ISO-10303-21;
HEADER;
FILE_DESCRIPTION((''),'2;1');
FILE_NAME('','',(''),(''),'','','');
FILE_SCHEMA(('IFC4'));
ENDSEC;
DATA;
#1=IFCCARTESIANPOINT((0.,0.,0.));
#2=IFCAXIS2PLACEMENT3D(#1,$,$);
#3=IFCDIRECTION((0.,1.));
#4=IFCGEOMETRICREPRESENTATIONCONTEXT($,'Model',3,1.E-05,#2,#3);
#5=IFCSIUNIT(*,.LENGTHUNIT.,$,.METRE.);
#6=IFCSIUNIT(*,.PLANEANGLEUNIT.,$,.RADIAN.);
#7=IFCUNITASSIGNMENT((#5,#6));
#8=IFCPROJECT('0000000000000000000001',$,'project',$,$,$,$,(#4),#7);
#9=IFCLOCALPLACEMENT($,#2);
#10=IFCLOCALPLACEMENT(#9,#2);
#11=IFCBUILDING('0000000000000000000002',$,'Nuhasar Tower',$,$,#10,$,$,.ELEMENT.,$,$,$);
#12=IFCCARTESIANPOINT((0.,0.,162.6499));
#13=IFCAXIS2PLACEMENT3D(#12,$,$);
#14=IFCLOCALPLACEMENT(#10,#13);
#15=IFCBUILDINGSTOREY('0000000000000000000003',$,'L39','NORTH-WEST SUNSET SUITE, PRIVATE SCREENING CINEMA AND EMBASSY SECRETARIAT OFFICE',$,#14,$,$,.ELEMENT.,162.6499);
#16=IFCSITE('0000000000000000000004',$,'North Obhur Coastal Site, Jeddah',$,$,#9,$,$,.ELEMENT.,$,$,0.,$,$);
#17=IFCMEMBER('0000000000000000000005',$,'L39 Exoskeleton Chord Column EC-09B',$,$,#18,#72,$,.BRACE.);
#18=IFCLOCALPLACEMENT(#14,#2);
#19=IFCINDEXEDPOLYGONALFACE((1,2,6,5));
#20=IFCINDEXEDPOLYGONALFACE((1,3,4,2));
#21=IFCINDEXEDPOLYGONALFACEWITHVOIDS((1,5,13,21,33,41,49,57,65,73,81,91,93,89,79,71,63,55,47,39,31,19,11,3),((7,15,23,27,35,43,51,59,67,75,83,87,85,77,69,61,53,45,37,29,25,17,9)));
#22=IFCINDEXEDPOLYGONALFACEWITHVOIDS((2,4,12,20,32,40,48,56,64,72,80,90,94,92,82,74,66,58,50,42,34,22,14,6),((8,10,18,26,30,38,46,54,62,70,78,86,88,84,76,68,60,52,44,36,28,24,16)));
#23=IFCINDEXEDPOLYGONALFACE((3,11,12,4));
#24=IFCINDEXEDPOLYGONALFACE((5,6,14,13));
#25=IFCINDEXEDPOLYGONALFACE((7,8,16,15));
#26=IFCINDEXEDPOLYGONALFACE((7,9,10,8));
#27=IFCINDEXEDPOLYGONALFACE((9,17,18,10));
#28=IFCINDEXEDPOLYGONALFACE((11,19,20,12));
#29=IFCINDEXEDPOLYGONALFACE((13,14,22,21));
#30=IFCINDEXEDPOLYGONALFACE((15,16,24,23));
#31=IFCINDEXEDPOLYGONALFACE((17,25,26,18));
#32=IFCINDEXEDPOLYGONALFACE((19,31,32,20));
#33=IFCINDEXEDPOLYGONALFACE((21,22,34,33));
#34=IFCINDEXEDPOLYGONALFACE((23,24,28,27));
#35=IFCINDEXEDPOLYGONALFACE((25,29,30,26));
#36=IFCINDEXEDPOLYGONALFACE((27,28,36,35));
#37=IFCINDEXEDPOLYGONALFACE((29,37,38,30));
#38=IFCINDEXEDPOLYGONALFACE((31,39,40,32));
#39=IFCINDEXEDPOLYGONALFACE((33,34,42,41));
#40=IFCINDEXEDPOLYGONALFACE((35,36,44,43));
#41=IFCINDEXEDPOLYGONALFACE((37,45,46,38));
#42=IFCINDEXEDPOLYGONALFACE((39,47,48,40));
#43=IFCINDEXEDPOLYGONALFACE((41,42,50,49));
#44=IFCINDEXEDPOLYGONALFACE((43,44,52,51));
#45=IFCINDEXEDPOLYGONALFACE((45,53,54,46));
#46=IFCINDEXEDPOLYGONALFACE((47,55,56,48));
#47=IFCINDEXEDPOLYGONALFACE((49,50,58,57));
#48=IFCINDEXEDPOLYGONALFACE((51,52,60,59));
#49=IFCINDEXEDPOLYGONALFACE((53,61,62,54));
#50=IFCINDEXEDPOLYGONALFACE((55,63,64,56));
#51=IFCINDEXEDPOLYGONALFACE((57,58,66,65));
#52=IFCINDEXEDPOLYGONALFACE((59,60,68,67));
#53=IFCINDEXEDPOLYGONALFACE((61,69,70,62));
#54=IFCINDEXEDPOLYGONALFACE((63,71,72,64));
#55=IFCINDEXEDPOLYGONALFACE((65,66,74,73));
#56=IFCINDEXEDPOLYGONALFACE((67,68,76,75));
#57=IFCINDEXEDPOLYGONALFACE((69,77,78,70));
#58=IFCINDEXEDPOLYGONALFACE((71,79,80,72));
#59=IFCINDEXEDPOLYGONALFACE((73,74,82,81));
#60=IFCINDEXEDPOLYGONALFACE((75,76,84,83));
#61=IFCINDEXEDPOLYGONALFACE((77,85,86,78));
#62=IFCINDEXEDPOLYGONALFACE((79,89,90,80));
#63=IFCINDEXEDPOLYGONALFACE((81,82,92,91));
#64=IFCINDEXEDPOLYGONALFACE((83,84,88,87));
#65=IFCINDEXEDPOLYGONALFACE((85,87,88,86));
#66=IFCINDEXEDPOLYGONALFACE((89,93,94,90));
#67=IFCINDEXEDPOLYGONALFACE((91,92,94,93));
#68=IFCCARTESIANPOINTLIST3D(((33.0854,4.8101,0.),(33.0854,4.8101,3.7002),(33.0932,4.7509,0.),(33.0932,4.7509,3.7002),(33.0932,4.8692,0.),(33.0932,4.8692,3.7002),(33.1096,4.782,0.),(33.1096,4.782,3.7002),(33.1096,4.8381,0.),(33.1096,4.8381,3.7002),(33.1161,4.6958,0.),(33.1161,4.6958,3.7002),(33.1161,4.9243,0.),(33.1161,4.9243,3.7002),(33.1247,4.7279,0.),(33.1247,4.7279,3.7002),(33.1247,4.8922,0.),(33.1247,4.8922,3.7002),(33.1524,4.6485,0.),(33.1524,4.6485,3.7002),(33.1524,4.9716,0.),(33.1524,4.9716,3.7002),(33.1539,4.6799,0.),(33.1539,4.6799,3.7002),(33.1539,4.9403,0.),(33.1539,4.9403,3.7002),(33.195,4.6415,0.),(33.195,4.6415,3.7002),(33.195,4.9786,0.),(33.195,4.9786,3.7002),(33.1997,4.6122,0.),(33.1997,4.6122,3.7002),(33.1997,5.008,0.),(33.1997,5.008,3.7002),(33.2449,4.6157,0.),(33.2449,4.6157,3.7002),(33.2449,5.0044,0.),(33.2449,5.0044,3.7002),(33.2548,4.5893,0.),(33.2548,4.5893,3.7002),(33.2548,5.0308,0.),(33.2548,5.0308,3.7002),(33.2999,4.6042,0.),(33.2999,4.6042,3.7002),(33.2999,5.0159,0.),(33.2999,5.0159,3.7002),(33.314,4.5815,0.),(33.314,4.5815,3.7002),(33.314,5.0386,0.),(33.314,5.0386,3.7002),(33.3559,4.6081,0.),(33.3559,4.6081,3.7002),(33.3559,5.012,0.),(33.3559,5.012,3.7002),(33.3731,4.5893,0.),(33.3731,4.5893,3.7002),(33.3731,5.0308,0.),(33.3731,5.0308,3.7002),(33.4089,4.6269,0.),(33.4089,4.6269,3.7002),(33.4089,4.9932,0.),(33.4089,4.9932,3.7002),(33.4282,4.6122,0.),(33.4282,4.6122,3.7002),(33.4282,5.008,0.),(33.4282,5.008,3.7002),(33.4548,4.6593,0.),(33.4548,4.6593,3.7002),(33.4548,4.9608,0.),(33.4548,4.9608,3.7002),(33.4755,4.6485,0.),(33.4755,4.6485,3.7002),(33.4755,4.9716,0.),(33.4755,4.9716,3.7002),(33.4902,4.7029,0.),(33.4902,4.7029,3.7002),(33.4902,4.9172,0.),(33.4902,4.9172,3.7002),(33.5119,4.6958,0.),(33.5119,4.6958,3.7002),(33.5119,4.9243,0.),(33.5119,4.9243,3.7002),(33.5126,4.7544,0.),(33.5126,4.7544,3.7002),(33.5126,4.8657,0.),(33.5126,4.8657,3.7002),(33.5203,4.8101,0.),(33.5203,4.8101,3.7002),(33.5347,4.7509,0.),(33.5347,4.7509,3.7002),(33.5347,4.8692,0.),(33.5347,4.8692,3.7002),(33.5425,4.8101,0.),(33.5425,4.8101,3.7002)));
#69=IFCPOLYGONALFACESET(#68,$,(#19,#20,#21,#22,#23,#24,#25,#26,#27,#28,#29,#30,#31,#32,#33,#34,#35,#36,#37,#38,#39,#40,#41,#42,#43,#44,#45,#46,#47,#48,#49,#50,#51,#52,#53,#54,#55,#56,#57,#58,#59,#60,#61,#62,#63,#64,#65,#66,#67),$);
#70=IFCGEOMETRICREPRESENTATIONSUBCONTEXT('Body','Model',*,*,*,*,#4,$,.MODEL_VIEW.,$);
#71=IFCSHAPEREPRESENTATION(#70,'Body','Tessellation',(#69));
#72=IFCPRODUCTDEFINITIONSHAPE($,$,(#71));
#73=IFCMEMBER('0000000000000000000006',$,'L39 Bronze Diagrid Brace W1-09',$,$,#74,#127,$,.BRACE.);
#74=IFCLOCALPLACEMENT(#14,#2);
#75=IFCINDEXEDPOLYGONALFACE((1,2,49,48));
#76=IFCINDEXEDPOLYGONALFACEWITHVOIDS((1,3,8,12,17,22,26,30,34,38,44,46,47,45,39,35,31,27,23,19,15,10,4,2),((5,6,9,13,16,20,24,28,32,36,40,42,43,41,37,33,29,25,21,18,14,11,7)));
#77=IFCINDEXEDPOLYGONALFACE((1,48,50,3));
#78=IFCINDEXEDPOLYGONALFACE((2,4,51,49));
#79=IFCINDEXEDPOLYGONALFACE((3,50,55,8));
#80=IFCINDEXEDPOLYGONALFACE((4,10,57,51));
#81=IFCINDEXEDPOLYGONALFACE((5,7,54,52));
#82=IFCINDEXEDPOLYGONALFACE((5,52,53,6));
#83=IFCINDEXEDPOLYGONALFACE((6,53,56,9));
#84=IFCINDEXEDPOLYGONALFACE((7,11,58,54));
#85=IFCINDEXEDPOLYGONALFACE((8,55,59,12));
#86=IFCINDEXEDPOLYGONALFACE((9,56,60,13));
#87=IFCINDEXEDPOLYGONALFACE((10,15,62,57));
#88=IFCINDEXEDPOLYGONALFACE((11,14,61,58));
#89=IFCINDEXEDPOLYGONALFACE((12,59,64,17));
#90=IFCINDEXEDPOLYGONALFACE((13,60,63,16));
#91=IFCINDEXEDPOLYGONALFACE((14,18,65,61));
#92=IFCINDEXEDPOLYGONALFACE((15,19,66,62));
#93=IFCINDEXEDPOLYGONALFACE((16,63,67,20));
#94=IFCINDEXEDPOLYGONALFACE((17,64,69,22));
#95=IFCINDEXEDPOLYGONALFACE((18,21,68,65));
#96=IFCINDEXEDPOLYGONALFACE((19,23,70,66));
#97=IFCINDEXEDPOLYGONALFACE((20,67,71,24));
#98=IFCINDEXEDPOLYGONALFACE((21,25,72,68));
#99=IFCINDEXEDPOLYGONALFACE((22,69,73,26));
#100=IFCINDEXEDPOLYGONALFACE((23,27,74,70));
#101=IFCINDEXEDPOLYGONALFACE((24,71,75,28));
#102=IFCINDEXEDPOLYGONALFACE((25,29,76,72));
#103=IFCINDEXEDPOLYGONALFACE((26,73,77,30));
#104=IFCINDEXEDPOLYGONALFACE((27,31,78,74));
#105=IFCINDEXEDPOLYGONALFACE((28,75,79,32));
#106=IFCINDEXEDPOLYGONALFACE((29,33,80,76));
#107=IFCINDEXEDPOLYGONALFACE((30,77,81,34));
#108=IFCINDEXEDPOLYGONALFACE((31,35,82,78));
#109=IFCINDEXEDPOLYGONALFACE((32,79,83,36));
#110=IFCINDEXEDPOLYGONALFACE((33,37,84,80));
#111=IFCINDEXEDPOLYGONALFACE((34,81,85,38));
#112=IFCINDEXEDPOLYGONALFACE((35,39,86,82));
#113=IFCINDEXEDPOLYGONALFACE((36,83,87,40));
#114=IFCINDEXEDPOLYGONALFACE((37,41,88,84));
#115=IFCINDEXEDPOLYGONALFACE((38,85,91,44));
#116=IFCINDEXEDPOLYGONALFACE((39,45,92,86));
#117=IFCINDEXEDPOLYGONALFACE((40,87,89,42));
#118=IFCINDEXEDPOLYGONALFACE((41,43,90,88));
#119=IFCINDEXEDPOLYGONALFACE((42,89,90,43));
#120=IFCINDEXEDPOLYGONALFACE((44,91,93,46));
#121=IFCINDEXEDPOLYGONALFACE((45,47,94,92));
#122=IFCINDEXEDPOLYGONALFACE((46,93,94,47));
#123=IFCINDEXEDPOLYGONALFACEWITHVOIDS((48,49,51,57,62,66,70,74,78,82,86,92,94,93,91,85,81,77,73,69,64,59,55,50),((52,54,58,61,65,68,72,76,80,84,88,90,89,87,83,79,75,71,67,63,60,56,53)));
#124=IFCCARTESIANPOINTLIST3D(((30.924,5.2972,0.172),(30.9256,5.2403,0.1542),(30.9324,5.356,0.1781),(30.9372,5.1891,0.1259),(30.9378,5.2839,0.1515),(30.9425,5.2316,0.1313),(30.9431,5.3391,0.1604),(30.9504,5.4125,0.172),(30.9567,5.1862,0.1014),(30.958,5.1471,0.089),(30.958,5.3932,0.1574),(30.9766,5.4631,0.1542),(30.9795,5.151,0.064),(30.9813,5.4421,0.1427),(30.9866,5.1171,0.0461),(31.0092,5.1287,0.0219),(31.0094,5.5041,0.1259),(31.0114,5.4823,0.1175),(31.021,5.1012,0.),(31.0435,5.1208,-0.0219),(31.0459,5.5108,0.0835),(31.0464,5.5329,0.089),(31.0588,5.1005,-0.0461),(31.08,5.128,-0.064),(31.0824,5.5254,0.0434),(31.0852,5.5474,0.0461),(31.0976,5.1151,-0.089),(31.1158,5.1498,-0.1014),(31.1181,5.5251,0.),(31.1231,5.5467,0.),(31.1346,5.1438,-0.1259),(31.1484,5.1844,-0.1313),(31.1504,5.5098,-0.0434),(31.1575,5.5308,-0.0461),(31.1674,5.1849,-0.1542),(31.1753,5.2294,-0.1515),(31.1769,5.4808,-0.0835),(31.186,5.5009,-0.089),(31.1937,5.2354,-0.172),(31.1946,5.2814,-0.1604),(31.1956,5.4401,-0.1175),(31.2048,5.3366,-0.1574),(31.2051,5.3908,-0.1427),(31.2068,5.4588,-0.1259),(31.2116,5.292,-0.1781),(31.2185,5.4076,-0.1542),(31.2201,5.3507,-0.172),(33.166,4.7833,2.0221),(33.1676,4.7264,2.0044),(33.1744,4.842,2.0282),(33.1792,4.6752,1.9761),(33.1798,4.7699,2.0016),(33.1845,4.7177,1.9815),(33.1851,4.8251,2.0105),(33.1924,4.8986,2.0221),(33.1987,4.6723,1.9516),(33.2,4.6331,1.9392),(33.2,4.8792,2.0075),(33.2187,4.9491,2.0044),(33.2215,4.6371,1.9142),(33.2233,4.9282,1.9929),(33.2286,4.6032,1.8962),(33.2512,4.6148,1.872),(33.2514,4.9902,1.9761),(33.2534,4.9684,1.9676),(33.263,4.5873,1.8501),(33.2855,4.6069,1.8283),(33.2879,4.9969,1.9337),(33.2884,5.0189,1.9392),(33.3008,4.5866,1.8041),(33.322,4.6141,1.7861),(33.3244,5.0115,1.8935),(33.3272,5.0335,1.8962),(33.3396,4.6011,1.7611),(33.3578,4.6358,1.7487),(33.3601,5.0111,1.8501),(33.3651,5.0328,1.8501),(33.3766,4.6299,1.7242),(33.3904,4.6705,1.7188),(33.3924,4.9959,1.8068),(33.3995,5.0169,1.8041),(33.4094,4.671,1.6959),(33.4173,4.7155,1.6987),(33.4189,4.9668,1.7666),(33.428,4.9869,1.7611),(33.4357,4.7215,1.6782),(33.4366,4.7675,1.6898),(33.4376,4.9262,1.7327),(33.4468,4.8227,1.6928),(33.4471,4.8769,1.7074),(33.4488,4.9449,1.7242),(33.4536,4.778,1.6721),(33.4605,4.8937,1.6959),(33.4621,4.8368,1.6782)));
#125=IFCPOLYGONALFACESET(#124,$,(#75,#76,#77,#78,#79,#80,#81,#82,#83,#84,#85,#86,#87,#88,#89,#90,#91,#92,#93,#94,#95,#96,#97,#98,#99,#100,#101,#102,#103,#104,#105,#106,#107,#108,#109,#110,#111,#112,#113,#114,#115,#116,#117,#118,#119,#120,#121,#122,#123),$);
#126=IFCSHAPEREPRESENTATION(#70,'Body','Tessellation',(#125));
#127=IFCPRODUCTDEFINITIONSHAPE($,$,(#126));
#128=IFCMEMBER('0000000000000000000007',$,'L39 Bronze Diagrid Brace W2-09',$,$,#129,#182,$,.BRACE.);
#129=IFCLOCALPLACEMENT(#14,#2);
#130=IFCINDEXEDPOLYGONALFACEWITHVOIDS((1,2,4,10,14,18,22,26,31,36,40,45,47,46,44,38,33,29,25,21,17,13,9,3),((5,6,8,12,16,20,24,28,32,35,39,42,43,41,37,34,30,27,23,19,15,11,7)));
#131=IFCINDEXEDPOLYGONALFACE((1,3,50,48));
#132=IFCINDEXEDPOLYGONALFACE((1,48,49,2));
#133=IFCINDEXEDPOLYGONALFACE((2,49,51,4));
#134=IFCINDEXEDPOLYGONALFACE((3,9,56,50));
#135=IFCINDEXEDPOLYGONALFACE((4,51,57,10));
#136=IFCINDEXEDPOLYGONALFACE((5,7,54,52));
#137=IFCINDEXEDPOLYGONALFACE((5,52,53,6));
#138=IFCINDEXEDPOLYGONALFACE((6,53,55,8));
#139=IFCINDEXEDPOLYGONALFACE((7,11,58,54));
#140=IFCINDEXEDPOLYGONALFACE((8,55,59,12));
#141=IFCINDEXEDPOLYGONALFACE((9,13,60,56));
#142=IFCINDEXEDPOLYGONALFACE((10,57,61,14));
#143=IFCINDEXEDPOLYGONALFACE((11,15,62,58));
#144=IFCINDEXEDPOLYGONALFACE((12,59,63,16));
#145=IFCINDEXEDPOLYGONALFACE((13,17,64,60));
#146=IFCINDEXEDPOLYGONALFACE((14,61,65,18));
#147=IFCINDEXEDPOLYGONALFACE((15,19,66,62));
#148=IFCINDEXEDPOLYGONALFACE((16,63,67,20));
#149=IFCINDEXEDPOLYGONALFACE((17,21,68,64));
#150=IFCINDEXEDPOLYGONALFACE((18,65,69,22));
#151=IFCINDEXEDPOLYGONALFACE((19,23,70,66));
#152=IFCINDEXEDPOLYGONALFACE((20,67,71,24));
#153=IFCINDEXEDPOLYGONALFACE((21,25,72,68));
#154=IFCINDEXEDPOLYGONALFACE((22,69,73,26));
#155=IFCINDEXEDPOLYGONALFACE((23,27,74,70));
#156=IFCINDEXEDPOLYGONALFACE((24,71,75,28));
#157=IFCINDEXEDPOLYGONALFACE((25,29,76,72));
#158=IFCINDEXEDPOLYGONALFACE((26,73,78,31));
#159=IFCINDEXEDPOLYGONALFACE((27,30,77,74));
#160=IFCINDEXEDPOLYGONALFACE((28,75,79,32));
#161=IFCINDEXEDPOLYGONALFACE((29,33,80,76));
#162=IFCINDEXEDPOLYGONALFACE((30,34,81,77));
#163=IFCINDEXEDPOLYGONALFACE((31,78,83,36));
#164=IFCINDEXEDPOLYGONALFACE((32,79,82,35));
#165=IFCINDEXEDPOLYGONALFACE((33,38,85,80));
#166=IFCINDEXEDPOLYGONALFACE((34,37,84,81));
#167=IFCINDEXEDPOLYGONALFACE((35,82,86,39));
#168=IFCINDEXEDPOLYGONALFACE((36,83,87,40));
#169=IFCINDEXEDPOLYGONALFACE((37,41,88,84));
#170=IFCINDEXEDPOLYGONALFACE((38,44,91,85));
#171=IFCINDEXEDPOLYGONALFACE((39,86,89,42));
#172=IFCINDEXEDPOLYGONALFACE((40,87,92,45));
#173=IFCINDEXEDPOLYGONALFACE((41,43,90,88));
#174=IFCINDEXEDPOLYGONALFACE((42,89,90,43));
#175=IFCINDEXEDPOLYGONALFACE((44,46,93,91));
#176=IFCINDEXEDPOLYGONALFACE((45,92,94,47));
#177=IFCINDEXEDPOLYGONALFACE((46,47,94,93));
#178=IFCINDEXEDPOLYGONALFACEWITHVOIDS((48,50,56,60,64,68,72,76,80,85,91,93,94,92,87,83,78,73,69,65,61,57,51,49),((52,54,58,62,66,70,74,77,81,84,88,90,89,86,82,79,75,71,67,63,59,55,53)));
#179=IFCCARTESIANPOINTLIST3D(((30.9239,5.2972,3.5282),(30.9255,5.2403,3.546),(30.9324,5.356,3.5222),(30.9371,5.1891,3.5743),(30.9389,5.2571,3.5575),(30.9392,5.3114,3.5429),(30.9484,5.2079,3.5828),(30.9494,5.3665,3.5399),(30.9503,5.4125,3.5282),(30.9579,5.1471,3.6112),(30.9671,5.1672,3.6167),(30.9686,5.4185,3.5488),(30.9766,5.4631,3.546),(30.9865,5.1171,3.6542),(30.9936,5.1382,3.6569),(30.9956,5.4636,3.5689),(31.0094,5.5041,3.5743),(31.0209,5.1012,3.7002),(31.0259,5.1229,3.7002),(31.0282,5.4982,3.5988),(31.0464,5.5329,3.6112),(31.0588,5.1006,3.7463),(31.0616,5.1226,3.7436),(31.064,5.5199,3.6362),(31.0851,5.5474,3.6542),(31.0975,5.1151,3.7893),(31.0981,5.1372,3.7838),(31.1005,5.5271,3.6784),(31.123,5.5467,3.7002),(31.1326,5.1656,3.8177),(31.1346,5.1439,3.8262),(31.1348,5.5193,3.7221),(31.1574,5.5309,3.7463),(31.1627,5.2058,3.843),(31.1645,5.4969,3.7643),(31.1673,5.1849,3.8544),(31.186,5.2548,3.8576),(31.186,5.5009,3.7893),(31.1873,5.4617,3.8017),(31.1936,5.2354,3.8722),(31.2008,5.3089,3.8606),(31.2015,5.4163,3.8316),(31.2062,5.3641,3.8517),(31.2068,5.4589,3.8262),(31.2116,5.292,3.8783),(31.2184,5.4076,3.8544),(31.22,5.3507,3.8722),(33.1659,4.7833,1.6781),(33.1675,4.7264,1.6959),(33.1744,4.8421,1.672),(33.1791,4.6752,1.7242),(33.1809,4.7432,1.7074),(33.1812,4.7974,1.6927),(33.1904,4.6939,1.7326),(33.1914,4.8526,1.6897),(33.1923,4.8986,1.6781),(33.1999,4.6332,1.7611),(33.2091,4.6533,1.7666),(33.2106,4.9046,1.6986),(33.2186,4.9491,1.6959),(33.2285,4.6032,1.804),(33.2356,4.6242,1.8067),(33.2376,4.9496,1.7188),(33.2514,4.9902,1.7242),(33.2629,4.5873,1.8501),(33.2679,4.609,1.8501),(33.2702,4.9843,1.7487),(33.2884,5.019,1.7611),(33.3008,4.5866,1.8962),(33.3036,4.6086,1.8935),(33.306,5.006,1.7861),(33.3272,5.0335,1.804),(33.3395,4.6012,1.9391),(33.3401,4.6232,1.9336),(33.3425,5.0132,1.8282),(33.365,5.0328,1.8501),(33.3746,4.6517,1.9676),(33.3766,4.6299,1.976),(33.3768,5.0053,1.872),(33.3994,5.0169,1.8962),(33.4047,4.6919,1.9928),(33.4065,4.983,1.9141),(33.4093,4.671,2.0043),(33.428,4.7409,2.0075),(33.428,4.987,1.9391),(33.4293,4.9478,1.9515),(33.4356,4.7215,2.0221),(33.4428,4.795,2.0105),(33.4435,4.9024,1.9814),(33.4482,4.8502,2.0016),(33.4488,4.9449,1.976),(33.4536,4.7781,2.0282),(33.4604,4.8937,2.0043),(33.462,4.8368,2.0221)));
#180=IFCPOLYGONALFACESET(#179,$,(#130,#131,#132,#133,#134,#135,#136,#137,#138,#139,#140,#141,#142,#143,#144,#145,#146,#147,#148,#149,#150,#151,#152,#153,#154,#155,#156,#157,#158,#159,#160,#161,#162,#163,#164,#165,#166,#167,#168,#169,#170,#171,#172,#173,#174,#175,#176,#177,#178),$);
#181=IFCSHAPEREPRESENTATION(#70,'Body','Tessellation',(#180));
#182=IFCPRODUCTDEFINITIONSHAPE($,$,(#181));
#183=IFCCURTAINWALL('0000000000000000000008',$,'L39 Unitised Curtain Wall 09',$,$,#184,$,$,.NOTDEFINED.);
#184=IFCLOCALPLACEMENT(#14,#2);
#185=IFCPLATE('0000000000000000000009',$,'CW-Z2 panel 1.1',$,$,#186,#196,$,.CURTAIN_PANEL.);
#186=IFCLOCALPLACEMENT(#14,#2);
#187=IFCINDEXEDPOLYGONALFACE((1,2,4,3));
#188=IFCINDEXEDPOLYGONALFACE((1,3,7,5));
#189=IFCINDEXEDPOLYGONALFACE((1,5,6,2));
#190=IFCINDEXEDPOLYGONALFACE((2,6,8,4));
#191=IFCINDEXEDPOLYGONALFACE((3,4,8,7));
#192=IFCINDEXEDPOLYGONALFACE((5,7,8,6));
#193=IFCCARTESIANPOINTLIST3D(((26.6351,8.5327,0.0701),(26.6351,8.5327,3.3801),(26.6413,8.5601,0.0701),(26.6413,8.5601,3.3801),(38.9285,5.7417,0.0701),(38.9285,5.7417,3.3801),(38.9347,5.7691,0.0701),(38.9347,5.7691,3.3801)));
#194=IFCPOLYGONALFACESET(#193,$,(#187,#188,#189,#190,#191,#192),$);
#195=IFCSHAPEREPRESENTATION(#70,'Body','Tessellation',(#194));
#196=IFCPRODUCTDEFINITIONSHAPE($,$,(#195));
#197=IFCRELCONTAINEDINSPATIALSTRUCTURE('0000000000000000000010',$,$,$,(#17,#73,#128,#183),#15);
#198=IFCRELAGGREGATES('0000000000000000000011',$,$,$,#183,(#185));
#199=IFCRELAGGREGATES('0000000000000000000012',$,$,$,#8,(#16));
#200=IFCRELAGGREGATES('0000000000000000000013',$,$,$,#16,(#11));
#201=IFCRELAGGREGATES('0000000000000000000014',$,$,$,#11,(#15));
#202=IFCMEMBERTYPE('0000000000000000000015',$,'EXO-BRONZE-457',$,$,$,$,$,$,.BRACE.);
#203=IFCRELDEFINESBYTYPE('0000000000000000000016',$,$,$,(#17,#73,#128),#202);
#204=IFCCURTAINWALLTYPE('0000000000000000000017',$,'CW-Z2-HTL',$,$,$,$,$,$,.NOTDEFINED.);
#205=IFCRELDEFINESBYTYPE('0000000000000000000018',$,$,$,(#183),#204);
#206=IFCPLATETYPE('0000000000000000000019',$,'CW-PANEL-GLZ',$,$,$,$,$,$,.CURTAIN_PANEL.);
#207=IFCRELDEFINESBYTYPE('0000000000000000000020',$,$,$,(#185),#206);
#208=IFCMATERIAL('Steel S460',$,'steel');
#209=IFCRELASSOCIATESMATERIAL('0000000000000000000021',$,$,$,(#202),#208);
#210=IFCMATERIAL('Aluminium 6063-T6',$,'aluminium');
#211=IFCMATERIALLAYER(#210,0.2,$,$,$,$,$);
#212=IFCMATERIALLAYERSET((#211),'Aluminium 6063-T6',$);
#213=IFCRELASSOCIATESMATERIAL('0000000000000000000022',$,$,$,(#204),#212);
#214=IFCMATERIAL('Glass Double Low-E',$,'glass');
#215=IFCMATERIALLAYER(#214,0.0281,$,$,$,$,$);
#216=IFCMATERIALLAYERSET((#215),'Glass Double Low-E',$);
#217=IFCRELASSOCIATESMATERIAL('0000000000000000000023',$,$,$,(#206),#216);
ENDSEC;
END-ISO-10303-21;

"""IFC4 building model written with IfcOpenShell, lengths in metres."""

from ifc_helpers import new_model, si_unit, direction, frame, origin, origin_2d, place, context, subcontext, project, spatial, rectangle, hollow_circle, extrude, material, layer, layer_set, material_profile, profile_set, type_object, element, aggregate, save


model = new_model("IFC4")

# Units and contexts
model_context = context("Model", 3, precision=1e-05, world=origin(), true_north=direction((0.0, 1.0)))
body_context = subcontext(model_context, "Body", "Model", "MODEL_VIEW")
ifc_project = project(units=[si_unit("LENGTHUNIT", "METRE"), si_unit("PLANEANGLEUNIT", "RADIAN")], contexts=[model_context])

# Site, building, storey
site_placement = place(None, origin())
site = spatial("IfcSite", under=ifc_project, at=site_placement, Name="North Obhur Coastal Site, Jeddah", CompositionType="ELEMENT", RefElevation=0.0)
building_placement = place(site_placement, origin())
building = spatial("IfcBuilding", under=site, at=building_placement, Name="Nuhasar Tower", CompositionType="ELEMENT")
storey_placement = place(building_placement, frame((0.0, 0.0, 162.6499)))
storey = spatial("IfcBuildingStorey", under=building, at=storey_placement, Name="L39", Description="NORTH-WEST SUNSET SUITE, PRIVATE SCREENING CINEMA AND EMBASSY SECRETARIAT OFFICE", CompositionType="ELEMENT", Elevation=162.6499)

# Members
ifc_material_1 = material(Name="Steel S460", Category="steel")
ifc_material_profile_1 = material_profile(ifc_material_1, hollow_circle(Radius=0.2285, WallThickness=0.0222, at=origin_2d()), Name="HSS457X22.2")
ifc_profile_set_1 = profile_set([ifc_material_profile_1], Name="Steel S460")
member_type = type_object("IfcMemberType", Name="EXO-BRONZE-457", PredefinedType="BRACE", material=ifc_profile_set_1)
for number, where, z_axis, x_axis, name in (
    (1, (33.314, 4.8101, 0.0), (0.0, 0.0, 1.0), (1.0, 0.0, 0.0), "L39 Exoskeleton Chord Column EC-09B"),
):
    element("IfcMember", number, at=place(storey_placement, frame(where, z_axis=z_axis, x_axis=x_axis)), inside=storey, type_object=member_type, Name=name, PredefinedType="BRACE", context=body_context, shape_type="SweptSolid", body=[
        extrude(hollow_circle(Radius=0.2285, WallThickness=0.0222, at=origin_2d()), origin(), (0.0, 0.0, 1.0), 3.7002),
    ])
for number, where, z_axis, x_axis, name in (
    (2, (31.072, 5.324, 0.0), (0.75951, -0.174101, 0.626764), (0.223433, 0.974719, 0.0), "L39 Bronze Diagrid Brace W1-09"),
    (3, (33.314, 4.8101, 1.8501), (-0.75951, 0.174101, 0.626764), (-0.223433, -0.974719, 0.0), "L39 Bronze Diagrid Brace W2-09"),
):
    element("IfcMember", number, at=place(storey_placement, frame(where, z_axis=z_axis, x_axis=x_axis)), inside=storey, type_object=member_type, Name=name, PredefinedType="BRACE", context=body_context, shape_type="SweptSolid", body=[
        extrude(hollow_circle(Radius=0.2285, WallThickness=0.0222, at=origin_2d()), origin(), (0.0, 0.0, 1.0), 2.9519),
    ])

# Curtain wall, plate
ifc_material_2 = material(Name="Aluminium 6063-T6", Category="aluminium")
ifc_layer_1 = layer(ifc_material_2, 0.2)
ifc_layer_set_1 = layer_set([ifc_layer_1], Name="Aluminium 6063-T6")
curtain_wall_type = type_object("IfcCurtainWallType", Name="CW-Z2-HTL", PredefinedType="NOTDEFINED", material=ifc_layer_set_1)
curtain_wall_placement = place(storey_placement, origin())
curtain_wall = element("IfcCurtainWall", 4, at=curtain_wall_placement, inside=storey, type_object=curtain_wall_type, Name="L39 Unitised Curtain Wall 09", PredefinedType="NOTDEFINED")
ifc_material_3 = material(Name="Glass Double Low-E", Category="glass")
ifc_layer_2 = layer(ifc_material_3, 0.0281)
ifc_layer_set_2 = layer_set([ifc_layer_2], Name="Glass Double Low-E")
plate_type = type_object("IfcPlateType", Name="CW-PANEL-GLZ", PredefinedType="CURTAIN_PANEL", material=ifc_layer_set_2)
plate_placement = place(storey_placement, frame((32.7849, 7.1509, 0.0701), z_axis=(0.0, 0.0, 1.0), x_axis=(0.975184, -0.221397, 0.0)))
plate = element("IfcPlate", 5, at=plate_placement, type_object=plate_type, Name="CW-Z2 panel 1.1", PredefinedType="CURTAIN_PANEL", context=body_context, shape_type="SweptSolid", body=[
    extrude(rectangle(XDim=12.6062, YDim=0.0281, at=origin_2d()), origin(), (0.0, 0.0, 1.0), 3.3101),
])
aggregate(curtain_wall, [plate])

save(model, "model.ifc")
